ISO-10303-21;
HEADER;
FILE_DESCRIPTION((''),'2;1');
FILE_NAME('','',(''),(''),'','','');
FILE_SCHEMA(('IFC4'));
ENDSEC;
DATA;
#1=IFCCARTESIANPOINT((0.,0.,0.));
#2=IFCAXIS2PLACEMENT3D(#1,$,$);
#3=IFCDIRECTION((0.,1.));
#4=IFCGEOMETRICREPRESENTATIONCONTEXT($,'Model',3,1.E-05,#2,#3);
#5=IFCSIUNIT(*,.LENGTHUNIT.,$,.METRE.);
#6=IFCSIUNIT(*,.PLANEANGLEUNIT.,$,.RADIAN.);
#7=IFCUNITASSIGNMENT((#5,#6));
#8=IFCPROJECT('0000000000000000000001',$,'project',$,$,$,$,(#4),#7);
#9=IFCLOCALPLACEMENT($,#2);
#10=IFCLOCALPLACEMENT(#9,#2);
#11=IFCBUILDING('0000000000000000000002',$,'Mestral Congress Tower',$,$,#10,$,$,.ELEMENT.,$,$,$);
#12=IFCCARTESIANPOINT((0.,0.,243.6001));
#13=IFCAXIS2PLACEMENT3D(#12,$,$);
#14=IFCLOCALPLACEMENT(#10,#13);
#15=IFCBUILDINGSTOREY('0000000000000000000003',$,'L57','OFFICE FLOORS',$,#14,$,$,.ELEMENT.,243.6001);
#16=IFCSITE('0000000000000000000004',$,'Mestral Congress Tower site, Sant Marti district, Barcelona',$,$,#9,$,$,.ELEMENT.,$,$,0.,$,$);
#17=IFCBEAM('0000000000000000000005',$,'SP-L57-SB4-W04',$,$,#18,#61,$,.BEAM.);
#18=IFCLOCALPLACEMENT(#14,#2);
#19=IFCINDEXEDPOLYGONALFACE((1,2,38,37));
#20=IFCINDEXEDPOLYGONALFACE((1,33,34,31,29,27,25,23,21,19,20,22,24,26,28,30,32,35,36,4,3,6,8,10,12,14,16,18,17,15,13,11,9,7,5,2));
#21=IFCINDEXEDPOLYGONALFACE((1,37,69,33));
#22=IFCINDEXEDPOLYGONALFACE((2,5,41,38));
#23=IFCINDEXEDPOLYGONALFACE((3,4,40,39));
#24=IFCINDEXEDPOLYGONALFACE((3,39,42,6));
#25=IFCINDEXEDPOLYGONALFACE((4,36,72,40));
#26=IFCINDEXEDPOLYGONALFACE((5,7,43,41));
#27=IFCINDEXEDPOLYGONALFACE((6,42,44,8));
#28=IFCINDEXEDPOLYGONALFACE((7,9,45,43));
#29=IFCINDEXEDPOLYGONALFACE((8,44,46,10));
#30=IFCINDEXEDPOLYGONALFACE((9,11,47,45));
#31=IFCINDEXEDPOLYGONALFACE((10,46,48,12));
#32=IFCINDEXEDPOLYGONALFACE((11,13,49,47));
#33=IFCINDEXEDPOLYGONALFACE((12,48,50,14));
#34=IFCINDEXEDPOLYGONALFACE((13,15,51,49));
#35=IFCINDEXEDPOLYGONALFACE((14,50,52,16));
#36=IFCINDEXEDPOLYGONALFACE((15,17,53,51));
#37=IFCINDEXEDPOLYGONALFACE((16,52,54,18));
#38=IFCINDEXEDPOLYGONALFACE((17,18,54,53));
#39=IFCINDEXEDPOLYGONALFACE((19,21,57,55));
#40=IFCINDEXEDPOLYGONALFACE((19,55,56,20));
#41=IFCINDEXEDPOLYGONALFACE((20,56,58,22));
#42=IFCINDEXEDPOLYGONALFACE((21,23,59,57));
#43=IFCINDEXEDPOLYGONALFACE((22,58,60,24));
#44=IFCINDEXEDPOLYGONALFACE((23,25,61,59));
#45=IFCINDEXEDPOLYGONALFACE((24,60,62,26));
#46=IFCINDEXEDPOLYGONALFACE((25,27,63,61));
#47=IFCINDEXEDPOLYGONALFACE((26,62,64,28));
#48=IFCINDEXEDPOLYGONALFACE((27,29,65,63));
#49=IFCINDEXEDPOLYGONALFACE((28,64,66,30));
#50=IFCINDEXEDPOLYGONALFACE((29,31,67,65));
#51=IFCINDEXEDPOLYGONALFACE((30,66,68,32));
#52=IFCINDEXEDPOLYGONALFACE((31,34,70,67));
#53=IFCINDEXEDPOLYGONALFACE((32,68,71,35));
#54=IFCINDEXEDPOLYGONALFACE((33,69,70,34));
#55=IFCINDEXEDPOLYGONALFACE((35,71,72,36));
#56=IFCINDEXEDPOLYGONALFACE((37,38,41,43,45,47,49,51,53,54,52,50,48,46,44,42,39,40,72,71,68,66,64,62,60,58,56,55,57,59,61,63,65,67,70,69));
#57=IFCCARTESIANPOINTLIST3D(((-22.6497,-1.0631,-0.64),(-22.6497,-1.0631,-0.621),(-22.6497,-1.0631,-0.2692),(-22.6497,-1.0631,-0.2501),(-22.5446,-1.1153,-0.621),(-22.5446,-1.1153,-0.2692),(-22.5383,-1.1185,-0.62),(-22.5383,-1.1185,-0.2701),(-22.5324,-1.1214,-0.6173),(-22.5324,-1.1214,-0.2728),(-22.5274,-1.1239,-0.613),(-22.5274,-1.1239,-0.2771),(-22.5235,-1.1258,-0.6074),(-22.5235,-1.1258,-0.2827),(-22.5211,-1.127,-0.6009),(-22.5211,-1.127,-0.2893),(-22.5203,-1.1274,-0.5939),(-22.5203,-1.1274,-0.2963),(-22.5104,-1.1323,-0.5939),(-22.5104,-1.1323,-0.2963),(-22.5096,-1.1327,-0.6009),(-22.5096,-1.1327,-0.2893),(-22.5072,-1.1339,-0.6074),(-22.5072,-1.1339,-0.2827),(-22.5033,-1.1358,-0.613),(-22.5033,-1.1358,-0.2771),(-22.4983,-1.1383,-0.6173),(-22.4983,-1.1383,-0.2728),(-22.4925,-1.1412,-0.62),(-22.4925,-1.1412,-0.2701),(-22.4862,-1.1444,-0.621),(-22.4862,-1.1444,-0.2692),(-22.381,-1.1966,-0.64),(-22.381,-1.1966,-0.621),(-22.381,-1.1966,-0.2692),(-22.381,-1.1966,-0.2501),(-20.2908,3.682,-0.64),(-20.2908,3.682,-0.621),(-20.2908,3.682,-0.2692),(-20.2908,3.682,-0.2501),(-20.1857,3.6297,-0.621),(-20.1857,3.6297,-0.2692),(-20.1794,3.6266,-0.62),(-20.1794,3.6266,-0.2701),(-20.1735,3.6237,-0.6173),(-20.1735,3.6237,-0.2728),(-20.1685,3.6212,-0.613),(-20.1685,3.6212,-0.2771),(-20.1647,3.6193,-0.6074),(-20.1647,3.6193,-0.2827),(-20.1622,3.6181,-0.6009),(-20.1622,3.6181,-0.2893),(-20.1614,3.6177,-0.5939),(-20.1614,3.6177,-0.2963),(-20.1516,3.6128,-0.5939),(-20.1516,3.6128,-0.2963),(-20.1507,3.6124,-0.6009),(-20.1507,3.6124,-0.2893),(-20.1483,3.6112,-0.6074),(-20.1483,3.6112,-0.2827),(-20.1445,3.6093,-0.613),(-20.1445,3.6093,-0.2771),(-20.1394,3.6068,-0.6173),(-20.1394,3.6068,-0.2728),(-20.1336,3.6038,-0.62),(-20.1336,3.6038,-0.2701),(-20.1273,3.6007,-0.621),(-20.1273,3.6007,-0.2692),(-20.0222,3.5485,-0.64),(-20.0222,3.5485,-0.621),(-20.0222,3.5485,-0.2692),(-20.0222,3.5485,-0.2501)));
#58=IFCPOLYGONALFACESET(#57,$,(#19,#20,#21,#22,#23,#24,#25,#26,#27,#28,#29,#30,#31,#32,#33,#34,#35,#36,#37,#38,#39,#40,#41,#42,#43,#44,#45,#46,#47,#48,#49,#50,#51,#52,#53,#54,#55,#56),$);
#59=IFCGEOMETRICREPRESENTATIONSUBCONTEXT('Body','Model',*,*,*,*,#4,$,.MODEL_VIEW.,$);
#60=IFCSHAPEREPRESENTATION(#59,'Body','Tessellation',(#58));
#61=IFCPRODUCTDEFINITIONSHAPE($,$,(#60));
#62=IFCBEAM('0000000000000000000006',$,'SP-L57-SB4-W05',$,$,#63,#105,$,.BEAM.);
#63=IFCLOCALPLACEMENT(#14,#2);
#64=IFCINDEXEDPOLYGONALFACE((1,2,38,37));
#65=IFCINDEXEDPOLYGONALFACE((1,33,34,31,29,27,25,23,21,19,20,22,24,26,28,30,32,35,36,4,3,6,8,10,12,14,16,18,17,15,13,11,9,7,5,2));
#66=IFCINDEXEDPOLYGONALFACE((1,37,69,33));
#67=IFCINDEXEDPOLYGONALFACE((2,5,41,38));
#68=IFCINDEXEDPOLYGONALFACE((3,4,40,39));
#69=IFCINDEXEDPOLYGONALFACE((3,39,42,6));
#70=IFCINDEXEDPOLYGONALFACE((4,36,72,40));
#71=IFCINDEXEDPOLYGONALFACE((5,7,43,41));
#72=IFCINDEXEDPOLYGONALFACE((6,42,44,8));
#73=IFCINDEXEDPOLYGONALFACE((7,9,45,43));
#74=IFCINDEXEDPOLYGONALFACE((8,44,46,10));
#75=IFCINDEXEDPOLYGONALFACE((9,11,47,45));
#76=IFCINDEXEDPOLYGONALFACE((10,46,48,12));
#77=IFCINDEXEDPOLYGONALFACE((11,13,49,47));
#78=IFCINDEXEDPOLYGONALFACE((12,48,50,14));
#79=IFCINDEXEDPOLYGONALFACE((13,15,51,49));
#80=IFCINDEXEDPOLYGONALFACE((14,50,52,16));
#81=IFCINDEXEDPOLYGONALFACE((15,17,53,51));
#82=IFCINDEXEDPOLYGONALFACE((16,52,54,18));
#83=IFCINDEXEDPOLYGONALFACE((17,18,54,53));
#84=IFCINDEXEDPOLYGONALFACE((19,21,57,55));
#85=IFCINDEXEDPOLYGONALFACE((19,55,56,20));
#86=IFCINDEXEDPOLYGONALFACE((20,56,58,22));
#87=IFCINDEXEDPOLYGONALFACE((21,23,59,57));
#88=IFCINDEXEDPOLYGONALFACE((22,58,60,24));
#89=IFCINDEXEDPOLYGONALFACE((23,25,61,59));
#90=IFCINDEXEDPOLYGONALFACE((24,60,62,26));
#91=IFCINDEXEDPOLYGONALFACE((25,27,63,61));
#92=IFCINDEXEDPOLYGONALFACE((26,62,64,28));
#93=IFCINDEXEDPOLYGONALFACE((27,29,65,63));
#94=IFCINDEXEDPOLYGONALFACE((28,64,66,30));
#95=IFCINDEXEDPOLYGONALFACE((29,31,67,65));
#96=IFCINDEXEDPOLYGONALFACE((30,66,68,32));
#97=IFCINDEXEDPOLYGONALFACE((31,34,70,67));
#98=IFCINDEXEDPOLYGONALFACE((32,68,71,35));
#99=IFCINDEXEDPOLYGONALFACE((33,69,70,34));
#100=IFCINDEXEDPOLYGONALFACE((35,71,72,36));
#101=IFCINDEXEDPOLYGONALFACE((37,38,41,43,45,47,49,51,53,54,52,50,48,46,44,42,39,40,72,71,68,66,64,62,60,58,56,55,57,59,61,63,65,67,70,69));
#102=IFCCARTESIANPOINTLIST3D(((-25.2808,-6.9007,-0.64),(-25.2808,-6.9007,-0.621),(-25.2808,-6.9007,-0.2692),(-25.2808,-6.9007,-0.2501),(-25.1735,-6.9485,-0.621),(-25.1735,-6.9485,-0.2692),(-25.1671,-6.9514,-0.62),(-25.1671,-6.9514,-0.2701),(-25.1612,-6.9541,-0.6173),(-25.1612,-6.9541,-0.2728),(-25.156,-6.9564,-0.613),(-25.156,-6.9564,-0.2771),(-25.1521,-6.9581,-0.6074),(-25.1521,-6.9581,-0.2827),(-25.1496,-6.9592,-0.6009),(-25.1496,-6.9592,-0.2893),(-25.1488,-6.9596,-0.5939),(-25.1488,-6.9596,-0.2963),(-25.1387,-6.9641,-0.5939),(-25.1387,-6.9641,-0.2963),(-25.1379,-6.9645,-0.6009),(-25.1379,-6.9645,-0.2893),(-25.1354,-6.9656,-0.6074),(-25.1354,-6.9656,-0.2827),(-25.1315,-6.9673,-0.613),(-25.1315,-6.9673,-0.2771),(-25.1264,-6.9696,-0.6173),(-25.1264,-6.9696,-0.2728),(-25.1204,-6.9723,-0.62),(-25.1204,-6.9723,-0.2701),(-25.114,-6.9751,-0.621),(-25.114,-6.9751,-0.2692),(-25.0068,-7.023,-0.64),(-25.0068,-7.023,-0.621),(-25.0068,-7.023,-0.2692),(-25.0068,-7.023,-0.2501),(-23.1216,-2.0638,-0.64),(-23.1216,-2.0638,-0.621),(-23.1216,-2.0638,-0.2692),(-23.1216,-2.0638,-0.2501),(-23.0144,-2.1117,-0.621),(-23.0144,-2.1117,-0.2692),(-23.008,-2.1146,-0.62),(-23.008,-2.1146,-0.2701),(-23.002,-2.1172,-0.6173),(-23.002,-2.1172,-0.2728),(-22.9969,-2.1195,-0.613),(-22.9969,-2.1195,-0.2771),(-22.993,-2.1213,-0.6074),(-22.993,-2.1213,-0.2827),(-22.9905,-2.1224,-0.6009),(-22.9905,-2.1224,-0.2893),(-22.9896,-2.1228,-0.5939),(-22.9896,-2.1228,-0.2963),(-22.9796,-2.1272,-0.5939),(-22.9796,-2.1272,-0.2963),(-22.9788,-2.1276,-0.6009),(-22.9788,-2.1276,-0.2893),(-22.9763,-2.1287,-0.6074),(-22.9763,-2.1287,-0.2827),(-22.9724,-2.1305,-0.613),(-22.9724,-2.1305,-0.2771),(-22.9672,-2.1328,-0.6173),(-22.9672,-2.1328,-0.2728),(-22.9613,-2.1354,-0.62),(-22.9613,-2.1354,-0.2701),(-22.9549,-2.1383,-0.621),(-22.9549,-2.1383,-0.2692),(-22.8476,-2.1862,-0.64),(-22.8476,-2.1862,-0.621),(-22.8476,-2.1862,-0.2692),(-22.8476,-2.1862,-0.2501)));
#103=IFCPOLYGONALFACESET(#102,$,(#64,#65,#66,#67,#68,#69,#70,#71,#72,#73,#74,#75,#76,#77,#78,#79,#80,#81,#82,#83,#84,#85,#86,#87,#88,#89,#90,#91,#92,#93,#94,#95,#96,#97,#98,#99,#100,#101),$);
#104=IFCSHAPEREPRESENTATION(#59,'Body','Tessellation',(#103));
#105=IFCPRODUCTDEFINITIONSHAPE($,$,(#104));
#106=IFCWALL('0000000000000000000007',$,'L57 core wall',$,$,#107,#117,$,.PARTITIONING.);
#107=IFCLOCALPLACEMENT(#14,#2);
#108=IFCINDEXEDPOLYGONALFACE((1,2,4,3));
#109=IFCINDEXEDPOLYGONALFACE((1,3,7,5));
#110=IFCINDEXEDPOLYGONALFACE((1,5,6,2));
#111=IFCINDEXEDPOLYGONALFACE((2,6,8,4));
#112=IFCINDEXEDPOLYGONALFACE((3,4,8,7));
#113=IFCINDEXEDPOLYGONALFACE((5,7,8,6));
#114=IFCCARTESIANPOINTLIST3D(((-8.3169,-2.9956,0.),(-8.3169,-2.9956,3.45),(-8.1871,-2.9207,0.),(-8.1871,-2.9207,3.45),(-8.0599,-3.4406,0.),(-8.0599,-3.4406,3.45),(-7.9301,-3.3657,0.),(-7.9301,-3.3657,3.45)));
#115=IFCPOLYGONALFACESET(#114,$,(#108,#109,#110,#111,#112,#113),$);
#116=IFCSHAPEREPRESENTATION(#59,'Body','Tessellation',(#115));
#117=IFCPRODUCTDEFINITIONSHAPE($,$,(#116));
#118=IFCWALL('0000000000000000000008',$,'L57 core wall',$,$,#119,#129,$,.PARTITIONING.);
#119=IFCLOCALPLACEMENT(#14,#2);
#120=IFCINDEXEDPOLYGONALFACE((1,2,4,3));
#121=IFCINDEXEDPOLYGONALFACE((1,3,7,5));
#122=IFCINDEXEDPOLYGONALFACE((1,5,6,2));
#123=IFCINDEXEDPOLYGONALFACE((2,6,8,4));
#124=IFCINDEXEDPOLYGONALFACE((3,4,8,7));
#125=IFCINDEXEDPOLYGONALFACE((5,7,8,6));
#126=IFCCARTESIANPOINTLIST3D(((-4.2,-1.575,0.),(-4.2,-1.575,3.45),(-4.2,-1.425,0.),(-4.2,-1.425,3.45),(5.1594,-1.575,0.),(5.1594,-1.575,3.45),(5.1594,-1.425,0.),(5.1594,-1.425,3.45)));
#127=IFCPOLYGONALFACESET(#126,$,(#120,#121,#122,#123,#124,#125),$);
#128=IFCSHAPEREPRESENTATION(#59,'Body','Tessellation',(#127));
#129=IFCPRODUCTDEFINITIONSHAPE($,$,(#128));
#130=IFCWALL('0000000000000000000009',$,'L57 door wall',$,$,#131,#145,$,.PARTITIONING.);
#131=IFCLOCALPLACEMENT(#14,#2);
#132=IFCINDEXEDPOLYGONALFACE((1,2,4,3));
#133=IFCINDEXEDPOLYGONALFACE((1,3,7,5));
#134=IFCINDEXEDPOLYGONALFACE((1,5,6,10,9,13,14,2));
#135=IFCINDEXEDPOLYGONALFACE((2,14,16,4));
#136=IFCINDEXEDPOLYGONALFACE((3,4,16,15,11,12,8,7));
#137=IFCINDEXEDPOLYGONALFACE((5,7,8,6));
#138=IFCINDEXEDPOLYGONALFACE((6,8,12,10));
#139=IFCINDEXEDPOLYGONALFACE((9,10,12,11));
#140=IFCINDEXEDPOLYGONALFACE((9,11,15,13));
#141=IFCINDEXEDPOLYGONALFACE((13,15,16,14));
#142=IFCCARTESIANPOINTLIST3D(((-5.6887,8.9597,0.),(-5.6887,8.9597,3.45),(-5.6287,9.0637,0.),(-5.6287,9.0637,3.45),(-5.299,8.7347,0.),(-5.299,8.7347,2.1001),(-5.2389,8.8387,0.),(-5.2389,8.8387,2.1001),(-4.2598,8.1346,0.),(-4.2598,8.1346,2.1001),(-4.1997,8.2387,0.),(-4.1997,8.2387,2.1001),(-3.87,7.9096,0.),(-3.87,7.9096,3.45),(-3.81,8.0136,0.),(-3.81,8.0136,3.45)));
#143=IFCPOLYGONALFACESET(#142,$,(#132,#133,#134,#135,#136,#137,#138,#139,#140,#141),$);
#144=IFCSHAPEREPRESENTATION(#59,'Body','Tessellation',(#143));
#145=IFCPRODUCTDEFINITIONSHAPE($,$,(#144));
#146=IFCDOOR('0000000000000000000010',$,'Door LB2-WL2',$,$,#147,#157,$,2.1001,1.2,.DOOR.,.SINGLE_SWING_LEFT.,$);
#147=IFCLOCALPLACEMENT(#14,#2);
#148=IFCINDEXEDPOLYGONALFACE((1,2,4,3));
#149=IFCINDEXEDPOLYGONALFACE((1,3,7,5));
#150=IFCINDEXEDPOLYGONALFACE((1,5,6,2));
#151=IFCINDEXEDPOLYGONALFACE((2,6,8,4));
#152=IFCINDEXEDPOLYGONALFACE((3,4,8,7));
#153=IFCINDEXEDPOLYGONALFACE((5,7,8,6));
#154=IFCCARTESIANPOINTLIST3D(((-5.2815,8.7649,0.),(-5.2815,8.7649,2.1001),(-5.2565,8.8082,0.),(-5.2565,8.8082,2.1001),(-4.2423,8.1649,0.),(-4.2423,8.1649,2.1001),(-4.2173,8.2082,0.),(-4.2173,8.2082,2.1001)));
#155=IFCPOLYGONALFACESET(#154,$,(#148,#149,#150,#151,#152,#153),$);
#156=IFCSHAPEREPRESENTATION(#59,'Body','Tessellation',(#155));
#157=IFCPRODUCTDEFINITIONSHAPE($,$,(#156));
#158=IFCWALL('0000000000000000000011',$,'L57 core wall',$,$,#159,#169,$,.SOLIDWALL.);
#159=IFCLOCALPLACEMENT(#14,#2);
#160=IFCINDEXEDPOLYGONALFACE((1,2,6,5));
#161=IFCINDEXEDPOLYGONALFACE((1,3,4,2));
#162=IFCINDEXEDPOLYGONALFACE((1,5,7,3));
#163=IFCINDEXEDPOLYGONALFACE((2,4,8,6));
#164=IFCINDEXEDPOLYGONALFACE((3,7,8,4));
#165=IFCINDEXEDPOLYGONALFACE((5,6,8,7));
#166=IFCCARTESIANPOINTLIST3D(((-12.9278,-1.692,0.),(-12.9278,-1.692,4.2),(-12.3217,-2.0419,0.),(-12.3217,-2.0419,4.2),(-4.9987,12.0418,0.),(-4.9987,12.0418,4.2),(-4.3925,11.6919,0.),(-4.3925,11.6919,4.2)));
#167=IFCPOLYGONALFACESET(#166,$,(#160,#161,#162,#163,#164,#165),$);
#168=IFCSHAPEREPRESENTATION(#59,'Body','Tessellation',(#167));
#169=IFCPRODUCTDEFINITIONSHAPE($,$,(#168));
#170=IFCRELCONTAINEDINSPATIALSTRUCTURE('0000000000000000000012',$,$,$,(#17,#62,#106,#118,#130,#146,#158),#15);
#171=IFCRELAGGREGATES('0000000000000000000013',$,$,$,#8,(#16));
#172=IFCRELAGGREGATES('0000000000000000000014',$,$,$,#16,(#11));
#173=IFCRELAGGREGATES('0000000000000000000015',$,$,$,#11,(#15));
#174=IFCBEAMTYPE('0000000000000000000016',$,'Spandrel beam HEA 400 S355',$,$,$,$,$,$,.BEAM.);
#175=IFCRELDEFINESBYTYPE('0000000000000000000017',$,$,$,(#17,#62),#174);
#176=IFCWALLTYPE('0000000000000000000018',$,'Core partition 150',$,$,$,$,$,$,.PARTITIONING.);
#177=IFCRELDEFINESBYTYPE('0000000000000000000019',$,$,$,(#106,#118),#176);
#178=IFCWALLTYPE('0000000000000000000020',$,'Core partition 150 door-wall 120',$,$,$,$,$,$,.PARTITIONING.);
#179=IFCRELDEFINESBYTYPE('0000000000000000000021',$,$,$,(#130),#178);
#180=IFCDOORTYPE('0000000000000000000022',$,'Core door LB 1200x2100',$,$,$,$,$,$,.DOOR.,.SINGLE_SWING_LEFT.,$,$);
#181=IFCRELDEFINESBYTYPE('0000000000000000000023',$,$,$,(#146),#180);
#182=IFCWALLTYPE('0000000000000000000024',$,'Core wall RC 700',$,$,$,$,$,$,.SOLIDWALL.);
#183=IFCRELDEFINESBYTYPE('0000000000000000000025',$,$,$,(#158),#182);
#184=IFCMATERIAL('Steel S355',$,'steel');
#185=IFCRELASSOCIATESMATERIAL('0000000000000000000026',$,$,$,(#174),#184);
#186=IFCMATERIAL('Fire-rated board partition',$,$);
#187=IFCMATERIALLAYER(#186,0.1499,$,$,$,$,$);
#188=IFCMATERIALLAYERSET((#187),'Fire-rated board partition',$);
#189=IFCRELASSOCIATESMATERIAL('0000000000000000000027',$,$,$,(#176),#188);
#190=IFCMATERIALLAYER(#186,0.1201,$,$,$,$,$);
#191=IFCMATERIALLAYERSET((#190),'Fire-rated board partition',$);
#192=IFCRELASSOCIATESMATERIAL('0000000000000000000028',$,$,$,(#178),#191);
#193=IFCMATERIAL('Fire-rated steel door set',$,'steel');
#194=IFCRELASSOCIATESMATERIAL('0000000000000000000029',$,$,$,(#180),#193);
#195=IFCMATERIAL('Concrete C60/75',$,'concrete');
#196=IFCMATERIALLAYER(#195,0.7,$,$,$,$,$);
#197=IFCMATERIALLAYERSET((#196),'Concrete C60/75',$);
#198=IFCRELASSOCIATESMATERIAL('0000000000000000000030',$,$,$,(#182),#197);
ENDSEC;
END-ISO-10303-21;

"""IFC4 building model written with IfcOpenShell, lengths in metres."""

from ifc_helpers import new_model, si_unit, direction, frame, frame_2d, origin, origin_2d, place, context, subcontext, project, spatial, rectangle, i_section, extrude, material, layer, layer_set, material_profile, profile_set, type_object, element, fill, save


model = new_model("IFC4")

# Units and contexts
model_context = context("Model", 3, precision=1e-05, world=origin(), true_north=direction((0.0, 1.0)))
body_context = subcontext(model_context, "Body", "Model", "MODEL_VIEW")
ifc_project = project(units=[si_unit("LENGTHUNIT", "METRE"), si_unit("PLANEANGLEUNIT", "RADIAN")], contexts=[model_context])

# Site, building, storey
site_placement = place(None, origin())
site = spatial("IfcSite", under=ifc_project, at=site_placement, Name="Mestral Congress Tower site, Sant Marti district, Barcelona", CompositionType="ELEMENT", RefElevation=0.0)
building_placement = place(site_placement, origin())
building = spatial("IfcBuilding", under=site, at=building_placement, Name="Mestral Congress Tower", CompositionType="ELEMENT")
storey_placement = place(building_placement, frame((0.0, 0.0, 243.6001)))
storey = spatial("IfcBuildingStorey", under=building, at=storey_placement, Name="L57", Description="OFFICE FLOORS", CompositionType="ELEMENT", Elevation=243.6001)

# Shared definitions
ifc_material_1 = material(Name="Concrete C60/75", Category="concrete")

# Beams
ifc_material_2 = material(Name="Steel S355", Category="steel")
ifc_material_profile_1 = material_profile(ifc_material_2, i_section(OverallWidth=0.3, OverallDepth=0.3899, WebThickness=0.011, FlangeThickness=0.019, FilletRadius=0.0271, at=origin_2d()), Name="HEA 400")
ifc_profile_set_1 = profile_set([ifc_material_profile_1], Name="Steel S355")
beam_type_1 = type_object("IfcBeamType", Name="Spandrel beam HEA 400 S355", PredefinedType="BEAM", material=ifc_profile_set_1)
beam_1_placement = place(storey_placement, frame((-20.1565, 3.6152, -0.4451), z_axis=(-0.445148, -0.895457, 0.0), x_axis=(0.895457, -0.445148, 0.0)))
element("IfcBeam", 1, at=beam_1_placement, inside=storey, type_object=beam_type_1, Name="SP-L57-SB4-W04", PredefinedType="BEAM", context=body_context, shape_type="SweptSolid", body=[
    extrude(i_section(OverallWidth=0.3, OverallDepth=0.3899, WebThickness=0.011, FlangeThickness=0.019, FilletRadius=0.0271, at=origin_2d()), origin(), (0.0, 0.0, 1.0), 5.2991),
])
beam_2_placement = place(storey_placement, frame((-22.9846, -2.125, -0.4451), z_axis=(-0.407626, -0.913149, 0.0), x_axis=(0.913149, -0.407626, 0.0)))
element("IfcBeam", 2, at=beam_2_placement, inside=storey, type_object=beam_type_1, Name="SP-L57-SB4-W05", PredefinedType="BEAM", context=body_context, shape_type="SweptSolid", body=[
    extrude(i_section(OverallWidth=0.3, OverallDepth=0.3899, WebThickness=0.011, FlangeThickness=0.019, FilletRadius=0.0271, at=origin_2d()), origin(), (0.0, 0.0, 1.0), 5.2969),
])

# Walls
ifc_material_3 = material(Name="Fire-rated board partition")
ifc_layer_1 = layer(ifc_material_3, 0.1499)
ifc_layer_set_1 = layer_set([ifc_layer_1], Name="Fire-rated board partition")
wall_type_1 = type_object("IfcWallType", Name="Core partition 150", PredefinedType="PARTITIONING", material=ifc_layer_set_1)
wall_1_placement = place(storey_placement, frame((-8.252, -2.9583, 0.0), z_axis=(0.0, 0.0, 1.0), x_axis=(0.500175, -0.865925, 0.0)))
element("IfcWall", 3, at=wall_1_placement, inside=storey, type_object=wall_type_1, Name="L57 core wall", PredefinedType="PARTITIONING", context=body_context, shape_type="SweptSolid", body=[
    extrude(rectangle(XDim=0.5139, YDim=0.1499, at=frame_2d((0.2568, 0.0))), origin(), (0.0, 0.0, 1.0), 3.45),
])
wall_2_placement = place(storey_placement, frame((-4.2, -1.5, 0.0), z_axis=(0.0, 0.0, 1.0), x_axis=(1.0, 0.0, 0.0)))
element("IfcWall", 4, at=wall_2_placement, inside=storey, type_object=wall_type_1, Name="L57 core wall", PredefinedType="PARTITIONING", context=body_context, shape_type="SweptSolid", body=[
    extrude(rectangle(XDim=9.3594, YDim=0.1499, at=frame_2d((4.6797, 0.0))), origin(), (0.0, 0.0, 1.0), 3.45),
])

# Wall, opening, door
ifc_layer_2 = layer(ifc_material_3, 0.1201)
ifc_layer_set_2 = layer_set([ifc_layer_2], Name="Fire-rated board partition")
wall_type_2 = type_object("IfcWallType", Name="Core partition 150 door-wall 120", PredefinedType="PARTITIONING", material=ifc_layer_set_2)
wall_3_placement = place(storey_placement, frame((-5.6587, 9.0117, 0.0), z_axis=(0.0, 0.0, 1.0), x_axis=(0.866009, -0.500028, 0.0)))
wall_3 = element("IfcWall", 5, at=wall_3_placement, inside=storey, type_object=wall_type_2, Name="L57 door wall", PredefinedType="PARTITIONING", context=body_context, shape_type="SweptSolid", body=[
    extrude(rectangle(XDim=2.1001, YDim=0.1201, at=frame_2d((1.05, 0.0))), origin(), (0.0, 0.0, 1.0), 3.45),
])
opening_1_placement = place(wall_3_placement, frame((0.45, 0.0, 0.0)))
opening_1 = element("IfcOpeningElement", 6, at=opening_1_placement, cuts=wall_3, PredefinedType="OPENING", context=body_context, shape_type="SweptSolid", body=[
    extrude(rectangle(XDim=1.2, YDim=2.1001, at=frame_2d((0.6001, 1.05))), frame((0.0, 0.0701, 0.0), z_axis=(0.0, -1.0, 0.0), x_axis=(1.0, 0.0, 0.0)), (0.0, 0.0, 1.0), 0.1401),
])
ifc_material_4 = material(Name="Fire-rated steel door set", Category="steel")
door_type = type_object("IfcDoorType", Name="Core door LB 1200x2100", OperationType="SINGLE_SWING_LEFT", PredefinedType="DOOR", material=ifc_material_4)
door_placement = place(opening_1_placement, origin())
door = element("IfcDoor", 7, at=door_placement, inside=storey, type_object=door_type, Name="Door LB2-WL2", OperationType="SINGLE_SWING_LEFT", OverallHeight=2.1001, OverallWidth=1.2, PredefinedType="DOOR", context=body_context, shape_type="SweptSolid", body=[
    extrude(rectangle(XDim=1.2, YDim=2.1001, at=frame_2d((0.6001, 1.05))), frame((0.0, 0.0249, 0.0), z_axis=(0.0, -1.0, 0.0), x_axis=(1.0, 0.0, 0.0)), (0.0, 0.0, 1.0), 0.05),
])
fill(opening_1, door)

# Wall
ifc_layer_3 = layer(ifc_material_1, 0.7)
ifc_layer_set_3 = layer_set([ifc_layer_3], Name="Concrete C60/75")
wall_type_3 = type_object("IfcWallType", Name="Core wall RC 700", PredefinedType="SOLIDWALL", material=ifc_layer_set_3)
wall_4_placement = place(storey_placement, frame((-12.6248, -1.8669, 0.0), z_axis=(0.0, 0.0, 1.0), x_axis=(0.499997, 0.866027, 0.0)))
element("IfcWall", 8, at=wall_4_placement, inside=storey, type_object=wall_type_3, Name="L57 core wall", PredefinedType="SOLIDWALL", context=body_context, shape_type="SweptSolid", body=[
    extrude(rectangle(XDim=15.8584, YDim=0.7, at=frame_2d((7.9292, 0.0))), origin(), (0.0, 0.0, 1.0), 4.2),
])

save(model, "model.ifc")
